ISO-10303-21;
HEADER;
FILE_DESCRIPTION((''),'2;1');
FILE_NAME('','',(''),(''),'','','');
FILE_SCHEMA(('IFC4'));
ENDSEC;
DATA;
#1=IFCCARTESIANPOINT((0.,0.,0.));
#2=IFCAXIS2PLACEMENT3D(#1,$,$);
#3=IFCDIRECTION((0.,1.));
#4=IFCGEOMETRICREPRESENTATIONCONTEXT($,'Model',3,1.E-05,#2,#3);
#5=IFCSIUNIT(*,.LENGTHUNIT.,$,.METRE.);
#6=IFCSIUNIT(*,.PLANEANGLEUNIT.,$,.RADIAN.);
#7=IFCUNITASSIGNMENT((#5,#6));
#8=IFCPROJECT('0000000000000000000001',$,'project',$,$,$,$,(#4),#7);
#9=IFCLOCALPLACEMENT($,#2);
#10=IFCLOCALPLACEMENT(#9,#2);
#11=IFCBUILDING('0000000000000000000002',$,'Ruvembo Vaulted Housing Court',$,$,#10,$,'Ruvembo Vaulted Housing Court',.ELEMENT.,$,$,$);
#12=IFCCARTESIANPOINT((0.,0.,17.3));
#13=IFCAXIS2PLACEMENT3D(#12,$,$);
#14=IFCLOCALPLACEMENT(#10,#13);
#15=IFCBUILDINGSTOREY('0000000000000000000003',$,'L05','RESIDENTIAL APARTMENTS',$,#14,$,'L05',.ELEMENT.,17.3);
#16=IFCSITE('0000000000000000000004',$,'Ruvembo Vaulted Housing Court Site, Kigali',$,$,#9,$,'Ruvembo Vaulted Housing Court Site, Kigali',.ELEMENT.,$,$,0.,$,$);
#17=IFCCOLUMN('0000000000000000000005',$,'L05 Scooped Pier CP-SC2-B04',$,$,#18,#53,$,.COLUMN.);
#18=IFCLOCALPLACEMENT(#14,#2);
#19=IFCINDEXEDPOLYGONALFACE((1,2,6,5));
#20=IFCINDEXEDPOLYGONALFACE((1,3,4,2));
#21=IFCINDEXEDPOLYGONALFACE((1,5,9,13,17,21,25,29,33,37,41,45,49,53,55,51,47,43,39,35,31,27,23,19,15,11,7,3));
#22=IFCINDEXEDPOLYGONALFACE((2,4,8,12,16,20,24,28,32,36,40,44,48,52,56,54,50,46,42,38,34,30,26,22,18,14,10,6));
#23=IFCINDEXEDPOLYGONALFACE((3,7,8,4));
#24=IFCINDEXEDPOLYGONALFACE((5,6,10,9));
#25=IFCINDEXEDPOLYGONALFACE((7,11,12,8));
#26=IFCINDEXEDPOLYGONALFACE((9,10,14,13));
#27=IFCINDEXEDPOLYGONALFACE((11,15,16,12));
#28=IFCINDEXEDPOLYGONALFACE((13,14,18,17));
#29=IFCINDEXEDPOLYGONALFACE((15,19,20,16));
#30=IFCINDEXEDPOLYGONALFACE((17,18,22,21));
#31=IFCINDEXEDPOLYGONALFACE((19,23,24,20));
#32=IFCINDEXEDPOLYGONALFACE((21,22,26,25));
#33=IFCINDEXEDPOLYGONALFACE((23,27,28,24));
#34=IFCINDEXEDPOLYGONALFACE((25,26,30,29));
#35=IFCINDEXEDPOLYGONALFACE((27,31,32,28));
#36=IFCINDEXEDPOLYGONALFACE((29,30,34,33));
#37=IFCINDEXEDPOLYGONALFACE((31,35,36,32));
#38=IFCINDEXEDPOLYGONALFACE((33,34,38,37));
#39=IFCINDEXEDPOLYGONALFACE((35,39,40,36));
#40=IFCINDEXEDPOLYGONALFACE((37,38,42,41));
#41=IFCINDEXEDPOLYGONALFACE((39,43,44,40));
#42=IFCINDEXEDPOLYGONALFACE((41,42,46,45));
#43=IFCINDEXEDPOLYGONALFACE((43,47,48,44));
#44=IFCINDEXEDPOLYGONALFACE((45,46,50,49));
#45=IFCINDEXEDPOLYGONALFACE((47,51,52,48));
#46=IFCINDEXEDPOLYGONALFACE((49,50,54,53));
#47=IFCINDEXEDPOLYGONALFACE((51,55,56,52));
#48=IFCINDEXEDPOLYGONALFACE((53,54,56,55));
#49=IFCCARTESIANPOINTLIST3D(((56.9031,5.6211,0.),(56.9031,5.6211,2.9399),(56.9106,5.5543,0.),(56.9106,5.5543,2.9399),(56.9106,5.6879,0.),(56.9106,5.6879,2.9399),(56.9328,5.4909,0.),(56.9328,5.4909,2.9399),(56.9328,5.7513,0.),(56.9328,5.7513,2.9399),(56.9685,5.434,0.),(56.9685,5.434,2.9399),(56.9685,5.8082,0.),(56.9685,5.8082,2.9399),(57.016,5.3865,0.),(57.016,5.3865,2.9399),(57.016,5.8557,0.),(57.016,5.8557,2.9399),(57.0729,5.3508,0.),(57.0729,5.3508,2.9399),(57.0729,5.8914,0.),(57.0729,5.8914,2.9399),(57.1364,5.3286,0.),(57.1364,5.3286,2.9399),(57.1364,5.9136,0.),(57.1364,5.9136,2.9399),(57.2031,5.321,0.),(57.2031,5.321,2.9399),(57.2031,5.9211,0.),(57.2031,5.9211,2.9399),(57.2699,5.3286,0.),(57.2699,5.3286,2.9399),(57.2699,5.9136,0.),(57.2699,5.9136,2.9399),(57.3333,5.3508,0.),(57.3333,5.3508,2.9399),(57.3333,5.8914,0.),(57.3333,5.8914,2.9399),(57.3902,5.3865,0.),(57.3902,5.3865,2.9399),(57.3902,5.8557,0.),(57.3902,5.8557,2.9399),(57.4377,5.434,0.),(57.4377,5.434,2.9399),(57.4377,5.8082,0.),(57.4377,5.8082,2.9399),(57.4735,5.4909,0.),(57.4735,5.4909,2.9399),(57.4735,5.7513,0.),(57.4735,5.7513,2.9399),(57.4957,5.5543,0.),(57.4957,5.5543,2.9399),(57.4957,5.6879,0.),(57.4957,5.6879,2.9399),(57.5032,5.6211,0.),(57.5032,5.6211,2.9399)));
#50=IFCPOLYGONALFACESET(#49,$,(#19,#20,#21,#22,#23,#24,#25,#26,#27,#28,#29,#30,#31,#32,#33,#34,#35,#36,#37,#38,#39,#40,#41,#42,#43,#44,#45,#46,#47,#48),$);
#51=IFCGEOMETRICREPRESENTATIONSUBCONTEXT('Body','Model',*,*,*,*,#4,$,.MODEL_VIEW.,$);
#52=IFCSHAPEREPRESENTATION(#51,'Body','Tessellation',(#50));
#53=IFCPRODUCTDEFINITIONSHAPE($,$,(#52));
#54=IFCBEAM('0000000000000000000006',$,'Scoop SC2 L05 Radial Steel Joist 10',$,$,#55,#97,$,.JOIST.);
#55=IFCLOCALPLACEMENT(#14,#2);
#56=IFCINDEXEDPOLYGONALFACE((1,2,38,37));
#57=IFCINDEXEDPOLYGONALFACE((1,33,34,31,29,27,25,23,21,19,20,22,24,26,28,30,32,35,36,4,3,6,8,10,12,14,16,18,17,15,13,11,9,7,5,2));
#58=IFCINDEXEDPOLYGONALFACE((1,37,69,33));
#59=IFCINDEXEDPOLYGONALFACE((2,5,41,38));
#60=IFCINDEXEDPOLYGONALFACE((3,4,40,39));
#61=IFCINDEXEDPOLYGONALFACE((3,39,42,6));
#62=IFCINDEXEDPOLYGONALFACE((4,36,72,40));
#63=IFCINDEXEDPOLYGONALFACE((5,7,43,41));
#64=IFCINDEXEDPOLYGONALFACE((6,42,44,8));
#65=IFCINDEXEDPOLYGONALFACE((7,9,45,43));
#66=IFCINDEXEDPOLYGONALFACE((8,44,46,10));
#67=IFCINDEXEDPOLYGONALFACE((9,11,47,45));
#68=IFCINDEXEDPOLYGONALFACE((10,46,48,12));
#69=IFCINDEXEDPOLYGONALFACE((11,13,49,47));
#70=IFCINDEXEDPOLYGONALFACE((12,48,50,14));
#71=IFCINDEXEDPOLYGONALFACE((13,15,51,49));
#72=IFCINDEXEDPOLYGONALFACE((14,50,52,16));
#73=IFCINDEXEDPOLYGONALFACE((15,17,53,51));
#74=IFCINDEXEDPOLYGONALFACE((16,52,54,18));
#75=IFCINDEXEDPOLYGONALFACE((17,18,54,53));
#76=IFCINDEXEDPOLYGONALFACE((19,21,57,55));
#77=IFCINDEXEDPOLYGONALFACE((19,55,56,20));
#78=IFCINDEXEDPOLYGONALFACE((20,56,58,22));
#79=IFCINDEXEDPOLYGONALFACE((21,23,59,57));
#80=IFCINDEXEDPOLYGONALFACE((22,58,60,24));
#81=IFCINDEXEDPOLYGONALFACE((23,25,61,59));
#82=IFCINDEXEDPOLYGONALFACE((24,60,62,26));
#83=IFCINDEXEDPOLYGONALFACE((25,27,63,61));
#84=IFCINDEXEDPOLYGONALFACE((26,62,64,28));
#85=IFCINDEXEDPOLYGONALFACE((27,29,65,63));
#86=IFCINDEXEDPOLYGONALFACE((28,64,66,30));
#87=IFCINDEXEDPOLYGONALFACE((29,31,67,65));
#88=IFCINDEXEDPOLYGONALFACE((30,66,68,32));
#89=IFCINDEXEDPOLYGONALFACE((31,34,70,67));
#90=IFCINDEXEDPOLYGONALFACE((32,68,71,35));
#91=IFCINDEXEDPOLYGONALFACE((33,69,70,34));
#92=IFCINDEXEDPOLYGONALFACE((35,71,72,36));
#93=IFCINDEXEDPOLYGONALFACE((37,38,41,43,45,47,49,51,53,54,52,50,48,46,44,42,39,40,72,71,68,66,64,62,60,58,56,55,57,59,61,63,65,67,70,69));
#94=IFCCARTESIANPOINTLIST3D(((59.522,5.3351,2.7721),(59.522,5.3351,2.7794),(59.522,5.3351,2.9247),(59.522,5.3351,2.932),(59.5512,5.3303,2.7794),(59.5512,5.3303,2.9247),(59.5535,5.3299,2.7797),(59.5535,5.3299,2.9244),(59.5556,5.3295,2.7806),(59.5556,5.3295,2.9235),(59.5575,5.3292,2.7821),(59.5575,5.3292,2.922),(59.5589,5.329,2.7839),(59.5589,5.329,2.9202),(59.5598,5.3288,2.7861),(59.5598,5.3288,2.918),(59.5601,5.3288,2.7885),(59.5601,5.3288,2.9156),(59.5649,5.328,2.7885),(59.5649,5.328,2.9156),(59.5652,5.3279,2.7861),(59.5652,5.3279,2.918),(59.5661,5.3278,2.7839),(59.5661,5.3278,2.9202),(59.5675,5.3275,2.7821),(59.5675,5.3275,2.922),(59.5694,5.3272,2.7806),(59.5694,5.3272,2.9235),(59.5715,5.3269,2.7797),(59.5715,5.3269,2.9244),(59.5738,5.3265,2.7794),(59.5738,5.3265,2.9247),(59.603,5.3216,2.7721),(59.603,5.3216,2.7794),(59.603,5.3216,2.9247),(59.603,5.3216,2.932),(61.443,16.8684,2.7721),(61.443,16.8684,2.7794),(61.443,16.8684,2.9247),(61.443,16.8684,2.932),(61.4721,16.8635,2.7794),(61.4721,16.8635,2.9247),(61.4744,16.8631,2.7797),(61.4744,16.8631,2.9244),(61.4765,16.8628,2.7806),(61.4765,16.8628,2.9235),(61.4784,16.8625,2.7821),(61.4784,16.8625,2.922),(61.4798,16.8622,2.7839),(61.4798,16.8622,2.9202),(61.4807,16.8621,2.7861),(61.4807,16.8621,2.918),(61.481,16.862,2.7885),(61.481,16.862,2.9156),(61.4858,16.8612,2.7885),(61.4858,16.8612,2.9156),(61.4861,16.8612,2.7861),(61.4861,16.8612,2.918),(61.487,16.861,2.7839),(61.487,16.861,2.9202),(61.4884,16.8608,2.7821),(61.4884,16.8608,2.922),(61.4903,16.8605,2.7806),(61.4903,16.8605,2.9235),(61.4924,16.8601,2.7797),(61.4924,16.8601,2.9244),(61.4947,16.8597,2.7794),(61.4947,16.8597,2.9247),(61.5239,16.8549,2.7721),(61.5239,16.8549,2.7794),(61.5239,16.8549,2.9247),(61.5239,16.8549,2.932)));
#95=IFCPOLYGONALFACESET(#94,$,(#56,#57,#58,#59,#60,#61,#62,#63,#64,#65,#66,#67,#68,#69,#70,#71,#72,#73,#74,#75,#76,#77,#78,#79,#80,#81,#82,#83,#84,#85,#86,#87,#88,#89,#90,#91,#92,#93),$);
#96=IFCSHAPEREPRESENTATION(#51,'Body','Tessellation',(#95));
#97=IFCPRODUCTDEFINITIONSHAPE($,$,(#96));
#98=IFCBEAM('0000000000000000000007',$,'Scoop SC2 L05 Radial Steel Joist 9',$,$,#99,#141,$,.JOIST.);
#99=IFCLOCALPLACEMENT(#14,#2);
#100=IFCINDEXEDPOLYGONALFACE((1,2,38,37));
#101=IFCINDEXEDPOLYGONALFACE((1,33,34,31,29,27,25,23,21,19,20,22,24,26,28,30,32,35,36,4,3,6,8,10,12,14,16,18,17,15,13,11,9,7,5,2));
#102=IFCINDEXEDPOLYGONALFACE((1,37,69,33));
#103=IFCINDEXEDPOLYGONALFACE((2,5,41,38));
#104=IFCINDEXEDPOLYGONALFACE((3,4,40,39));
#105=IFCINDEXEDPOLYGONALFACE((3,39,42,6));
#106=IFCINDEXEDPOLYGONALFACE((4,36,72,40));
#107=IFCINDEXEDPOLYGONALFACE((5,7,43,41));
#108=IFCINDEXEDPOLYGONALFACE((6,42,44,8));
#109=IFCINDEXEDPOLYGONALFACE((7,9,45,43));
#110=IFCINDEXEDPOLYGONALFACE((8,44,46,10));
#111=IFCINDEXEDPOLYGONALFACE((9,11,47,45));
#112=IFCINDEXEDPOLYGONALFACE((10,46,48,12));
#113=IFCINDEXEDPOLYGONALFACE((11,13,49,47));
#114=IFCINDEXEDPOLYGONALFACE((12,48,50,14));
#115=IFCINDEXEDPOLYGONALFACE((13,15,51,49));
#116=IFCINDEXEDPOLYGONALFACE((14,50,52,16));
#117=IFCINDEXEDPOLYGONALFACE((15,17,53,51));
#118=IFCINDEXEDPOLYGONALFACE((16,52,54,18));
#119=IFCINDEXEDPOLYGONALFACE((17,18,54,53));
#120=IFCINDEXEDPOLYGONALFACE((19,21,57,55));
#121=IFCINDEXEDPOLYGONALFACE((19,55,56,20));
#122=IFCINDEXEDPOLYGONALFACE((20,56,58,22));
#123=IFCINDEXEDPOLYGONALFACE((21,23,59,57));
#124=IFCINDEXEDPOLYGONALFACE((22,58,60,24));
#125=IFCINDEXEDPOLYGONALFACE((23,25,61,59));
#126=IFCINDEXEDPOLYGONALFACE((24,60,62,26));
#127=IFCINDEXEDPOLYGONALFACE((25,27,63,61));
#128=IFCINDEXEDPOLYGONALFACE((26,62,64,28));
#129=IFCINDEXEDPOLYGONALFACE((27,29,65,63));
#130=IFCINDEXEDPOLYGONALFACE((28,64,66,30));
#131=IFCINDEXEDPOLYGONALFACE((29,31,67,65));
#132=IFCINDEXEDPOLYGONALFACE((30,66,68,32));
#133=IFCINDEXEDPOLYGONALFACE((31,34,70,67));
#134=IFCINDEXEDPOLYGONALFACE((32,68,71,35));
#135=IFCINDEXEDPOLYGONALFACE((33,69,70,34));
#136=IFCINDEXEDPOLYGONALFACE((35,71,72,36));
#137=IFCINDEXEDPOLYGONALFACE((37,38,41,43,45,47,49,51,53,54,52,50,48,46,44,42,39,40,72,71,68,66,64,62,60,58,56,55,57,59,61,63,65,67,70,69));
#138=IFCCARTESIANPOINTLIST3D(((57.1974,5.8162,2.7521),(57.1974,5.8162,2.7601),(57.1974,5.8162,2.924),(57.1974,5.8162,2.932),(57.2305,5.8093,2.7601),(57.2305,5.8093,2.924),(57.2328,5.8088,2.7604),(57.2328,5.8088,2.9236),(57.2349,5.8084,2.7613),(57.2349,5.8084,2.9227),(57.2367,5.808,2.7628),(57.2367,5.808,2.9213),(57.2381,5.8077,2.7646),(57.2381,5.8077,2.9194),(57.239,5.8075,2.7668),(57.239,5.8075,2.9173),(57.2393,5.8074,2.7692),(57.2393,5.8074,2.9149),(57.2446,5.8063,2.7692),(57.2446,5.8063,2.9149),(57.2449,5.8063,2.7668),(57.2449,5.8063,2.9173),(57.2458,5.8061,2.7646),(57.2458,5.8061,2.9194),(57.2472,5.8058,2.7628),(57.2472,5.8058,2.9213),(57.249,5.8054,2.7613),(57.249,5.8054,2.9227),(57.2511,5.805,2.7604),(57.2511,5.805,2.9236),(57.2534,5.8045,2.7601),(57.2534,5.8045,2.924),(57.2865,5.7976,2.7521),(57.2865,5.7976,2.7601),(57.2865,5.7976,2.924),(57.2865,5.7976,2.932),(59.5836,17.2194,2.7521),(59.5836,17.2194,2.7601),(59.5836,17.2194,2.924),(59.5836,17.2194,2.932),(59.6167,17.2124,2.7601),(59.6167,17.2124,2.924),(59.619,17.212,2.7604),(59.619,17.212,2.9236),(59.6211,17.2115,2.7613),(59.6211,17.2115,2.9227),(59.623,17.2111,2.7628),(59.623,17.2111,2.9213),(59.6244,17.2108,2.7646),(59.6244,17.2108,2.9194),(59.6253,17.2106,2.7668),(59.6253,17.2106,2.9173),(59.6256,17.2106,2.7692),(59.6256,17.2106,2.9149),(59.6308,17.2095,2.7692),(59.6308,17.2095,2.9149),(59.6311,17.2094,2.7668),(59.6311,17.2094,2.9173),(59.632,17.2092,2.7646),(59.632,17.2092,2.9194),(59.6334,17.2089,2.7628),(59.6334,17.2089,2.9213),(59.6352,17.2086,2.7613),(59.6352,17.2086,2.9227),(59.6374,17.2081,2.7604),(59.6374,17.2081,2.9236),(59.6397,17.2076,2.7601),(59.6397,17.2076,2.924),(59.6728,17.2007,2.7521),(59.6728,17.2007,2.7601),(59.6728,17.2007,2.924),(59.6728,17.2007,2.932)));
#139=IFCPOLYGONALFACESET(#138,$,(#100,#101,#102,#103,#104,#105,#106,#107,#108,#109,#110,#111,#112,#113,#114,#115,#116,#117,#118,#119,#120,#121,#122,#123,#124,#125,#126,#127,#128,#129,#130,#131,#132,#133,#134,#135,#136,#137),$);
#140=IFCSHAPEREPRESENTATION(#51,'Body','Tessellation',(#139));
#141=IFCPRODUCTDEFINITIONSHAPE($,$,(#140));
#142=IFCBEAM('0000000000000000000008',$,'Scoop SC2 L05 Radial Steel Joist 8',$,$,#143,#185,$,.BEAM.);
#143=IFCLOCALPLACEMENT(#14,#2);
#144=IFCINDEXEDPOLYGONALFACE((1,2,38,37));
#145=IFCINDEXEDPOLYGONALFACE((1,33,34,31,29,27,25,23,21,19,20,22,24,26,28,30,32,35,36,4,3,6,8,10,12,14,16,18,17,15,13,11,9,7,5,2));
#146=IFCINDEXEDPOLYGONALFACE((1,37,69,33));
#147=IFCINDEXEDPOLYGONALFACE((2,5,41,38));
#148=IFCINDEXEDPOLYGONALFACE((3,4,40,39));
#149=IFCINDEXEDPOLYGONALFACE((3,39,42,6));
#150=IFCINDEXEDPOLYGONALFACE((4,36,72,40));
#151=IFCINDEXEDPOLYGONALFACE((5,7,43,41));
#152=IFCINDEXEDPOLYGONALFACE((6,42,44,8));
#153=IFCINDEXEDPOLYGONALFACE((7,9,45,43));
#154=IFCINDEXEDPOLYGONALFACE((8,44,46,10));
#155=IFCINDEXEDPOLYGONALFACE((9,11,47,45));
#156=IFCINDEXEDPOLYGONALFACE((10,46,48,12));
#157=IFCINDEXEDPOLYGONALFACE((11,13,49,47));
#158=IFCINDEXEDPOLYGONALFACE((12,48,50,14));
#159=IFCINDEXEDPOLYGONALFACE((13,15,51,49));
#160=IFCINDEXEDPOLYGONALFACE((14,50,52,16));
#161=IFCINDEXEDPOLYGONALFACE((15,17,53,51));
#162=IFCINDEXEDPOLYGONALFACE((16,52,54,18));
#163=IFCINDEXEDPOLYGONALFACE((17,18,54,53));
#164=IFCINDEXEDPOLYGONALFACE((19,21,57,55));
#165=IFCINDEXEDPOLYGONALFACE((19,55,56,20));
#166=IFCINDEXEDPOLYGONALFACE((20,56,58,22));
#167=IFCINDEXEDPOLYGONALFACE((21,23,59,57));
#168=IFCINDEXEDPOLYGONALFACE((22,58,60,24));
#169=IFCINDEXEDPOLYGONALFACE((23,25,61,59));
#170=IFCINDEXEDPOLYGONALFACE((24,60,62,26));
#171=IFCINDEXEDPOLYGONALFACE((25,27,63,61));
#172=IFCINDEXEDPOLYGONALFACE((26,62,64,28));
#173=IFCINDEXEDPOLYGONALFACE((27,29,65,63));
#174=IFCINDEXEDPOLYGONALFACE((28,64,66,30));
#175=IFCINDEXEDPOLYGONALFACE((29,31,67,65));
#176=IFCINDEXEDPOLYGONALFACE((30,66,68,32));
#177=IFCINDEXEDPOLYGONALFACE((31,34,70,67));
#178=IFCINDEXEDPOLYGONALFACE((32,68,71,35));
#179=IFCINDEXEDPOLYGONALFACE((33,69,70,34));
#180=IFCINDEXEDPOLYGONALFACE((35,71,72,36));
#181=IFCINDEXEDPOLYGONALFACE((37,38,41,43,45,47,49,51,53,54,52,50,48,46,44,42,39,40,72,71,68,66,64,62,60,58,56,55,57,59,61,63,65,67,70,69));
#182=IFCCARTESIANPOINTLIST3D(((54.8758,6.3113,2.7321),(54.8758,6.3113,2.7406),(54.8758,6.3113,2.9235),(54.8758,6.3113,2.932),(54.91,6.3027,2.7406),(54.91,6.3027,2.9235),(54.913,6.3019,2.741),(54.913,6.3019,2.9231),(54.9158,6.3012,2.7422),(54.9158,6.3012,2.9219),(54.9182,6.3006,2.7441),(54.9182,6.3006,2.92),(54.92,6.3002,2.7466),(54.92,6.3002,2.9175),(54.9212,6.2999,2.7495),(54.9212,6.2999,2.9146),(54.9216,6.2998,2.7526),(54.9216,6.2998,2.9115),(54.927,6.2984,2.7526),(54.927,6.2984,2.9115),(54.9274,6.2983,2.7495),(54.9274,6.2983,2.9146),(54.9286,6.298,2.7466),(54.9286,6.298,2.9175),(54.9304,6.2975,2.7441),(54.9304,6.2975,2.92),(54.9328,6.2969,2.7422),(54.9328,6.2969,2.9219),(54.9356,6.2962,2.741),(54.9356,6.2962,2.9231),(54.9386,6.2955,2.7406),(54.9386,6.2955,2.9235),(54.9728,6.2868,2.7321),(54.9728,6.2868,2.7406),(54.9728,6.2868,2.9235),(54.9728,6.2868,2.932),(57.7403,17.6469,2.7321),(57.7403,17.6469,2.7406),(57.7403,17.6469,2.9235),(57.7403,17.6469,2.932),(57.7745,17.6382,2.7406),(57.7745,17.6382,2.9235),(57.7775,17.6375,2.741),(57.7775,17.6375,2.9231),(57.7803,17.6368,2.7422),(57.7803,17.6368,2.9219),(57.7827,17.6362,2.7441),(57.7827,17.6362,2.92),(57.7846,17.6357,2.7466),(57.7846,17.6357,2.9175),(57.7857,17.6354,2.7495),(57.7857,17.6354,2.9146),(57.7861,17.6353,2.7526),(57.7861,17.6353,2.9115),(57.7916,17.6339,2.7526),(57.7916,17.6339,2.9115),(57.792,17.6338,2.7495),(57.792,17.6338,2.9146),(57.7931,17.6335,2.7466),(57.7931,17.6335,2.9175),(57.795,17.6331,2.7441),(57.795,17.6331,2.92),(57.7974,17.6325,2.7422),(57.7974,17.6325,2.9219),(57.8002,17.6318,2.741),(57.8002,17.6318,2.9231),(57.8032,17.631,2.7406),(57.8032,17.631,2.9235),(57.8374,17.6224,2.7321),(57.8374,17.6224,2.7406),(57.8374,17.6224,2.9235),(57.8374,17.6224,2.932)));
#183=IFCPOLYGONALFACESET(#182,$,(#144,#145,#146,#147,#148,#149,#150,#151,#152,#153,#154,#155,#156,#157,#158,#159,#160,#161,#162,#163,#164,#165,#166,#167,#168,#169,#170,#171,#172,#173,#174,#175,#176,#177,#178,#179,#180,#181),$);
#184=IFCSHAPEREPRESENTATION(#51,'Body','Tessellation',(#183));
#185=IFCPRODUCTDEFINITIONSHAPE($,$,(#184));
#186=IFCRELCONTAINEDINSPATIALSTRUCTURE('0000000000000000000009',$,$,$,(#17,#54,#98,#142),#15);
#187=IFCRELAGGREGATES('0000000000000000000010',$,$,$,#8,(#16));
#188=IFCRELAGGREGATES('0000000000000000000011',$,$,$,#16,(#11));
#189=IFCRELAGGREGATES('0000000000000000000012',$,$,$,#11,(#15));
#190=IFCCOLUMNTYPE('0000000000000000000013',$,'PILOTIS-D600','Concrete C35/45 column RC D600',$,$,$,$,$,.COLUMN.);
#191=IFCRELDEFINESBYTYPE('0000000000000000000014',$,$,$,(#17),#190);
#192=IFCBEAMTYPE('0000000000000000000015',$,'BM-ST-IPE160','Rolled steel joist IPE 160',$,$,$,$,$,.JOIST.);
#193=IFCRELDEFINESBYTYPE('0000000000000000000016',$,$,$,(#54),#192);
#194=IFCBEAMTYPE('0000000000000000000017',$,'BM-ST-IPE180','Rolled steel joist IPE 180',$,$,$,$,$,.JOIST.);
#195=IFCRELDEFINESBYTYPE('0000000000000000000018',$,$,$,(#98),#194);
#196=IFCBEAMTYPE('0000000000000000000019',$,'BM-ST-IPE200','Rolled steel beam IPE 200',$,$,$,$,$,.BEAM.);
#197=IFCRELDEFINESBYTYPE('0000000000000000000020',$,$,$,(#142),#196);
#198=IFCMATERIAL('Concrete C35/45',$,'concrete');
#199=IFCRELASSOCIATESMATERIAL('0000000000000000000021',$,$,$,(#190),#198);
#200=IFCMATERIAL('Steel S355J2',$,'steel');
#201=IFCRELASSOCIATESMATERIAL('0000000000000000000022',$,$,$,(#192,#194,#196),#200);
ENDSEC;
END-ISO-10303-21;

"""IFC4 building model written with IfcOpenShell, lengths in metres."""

from ifc_helpers import new_model, si_unit, direction, frame, origin, origin_2d, place, context, subcontext, project, spatial, circle, i_section, extrude, material, material_profile, profile_set, type_object, element, save


model = new_model("IFC4")

# Units and contexts
model_context = context("Model", 3, precision=1e-05, world=origin(), true_north=direction((0.0, 1.0)))
body_context = subcontext(model_context, "Body", "Model", "MODEL_VIEW")
ifc_project = project(units=[si_unit("LENGTHUNIT", "METRE"), si_unit("PLANEANGLEUNIT", "RADIAN")], contexts=[model_context])

# Site, building, storey
site_placement = place(None, origin())
site = spatial("IfcSite", under=ifc_project, at=site_placement, Name="Ruvembo Vaulted Housing Court Site, Kigali", LongName="Ruvembo Vaulted Housing Court Site, Kigali", CompositionType="ELEMENT", RefElevation=0.0)
building_placement = place(site_placement, origin())
building = spatial("IfcBuilding", under=site, at=building_placement, Name="Ruvembo Vaulted Housing Court", LongName="Ruvembo Vaulted Housing Court", CompositionType="ELEMENT")
storey_placement = place(building_placement, frame((0.0, 0.0, 17.3)))
storey = spatial("IfcBuildingStorey", under=building, at=storey_placement, Name="L05", Description="RESIDENTIAL APARTMENTS", LongName="L05", CompositionType="ELEMENT", Elevation=17.3)

# Column
ifc_material_1 = material(Name="Concrete C35/45", Category="concrete")
ifc_material_profile_1 = material_profile(ifc_material_1, circle(Radius=0.3, at=origin_2d()), Name="RC D600")
ifc_profile_set_1 = profile_set([ifc_material_profile_1], Name="Concrete C35/45")
column_type = type_object("IfcColumnType", Name="PILOTIS-D600", Description="Concrete C35/45 column RC D600", PredefinedType="COLUMN", material=ifc_profile_set_1)
column_placement = place(storey_placement, frame((57.2031, 5.6211, 0.0), z_axis=(0.0, 0.0, 1.0), x_axis=(1.0, 0.0, 0.0)))
element("IfcColumn", 1, at=column_placement, inside=storey, type_object=column_type, Name="L05 Scooped Pier CP-SC2-B04", PredefinedType="COLUMN", context=body_context, shape_type="SweptSolid", body=[
    extrude(circle(Radius=0.3, at=origin_2d()), origin(), (0.0, 0.0, 1.0), 2.9399),
])

# Beams
ifc_material_2 = material(Name="Steel S355J2", Category="steel")
ifc_material_profile_2 = material_profile(ifc_material_2, i_section(OverallWidth=0.082, OverallDepth=0.1599, WebThickness=0.0049, FlangeThickness=0.0073, FilletRadius=0.009, at=origin_2d()), Name="IPE 160")
ifc_profile_set_2 = profile_set([ifc_material_profile_2], Name="Steel S355J2")
beam_type_1 = type_object("IfcBeamType", Name="BM-ST-IPE160", Description="Rolled steel joist IPE 160", PredefinedType="JOIST", material=ifc_profile_set_2)
beam_1_placement = place(storey_placement, frame((59.5625, 5.3284, 2.8521), z_axis=(0.164291, 0.986412, 0.0), x_axis=(-0.986412, 0.164291, 0.0)))
element("IfcBeam", 2, at=beam_1_placement, inside=storey, type_object=beam_type_1, Name="Scoop SC2 L05 Radial Steel Joist 10", PredefinedType="JOIST", context=body_context, shape_type="SweptSolid", body=[
    extrude(i_section(OverallWidth=0.082, OverallDepth=0.1599, WebThickness=0.0049, FlangeThickness=0.0073, FilletRadius=0.009, at=origin_2d()), origin(), (0.0, 0.0, 1.0), 11.6921),
])
ifc_material_profile_3 = material_profile(ifc_material_2, i_section(OverallWidth=0.0911, OverallDepth=0.1799, WebThickness=0.0054, FlangeThickness=0.0081, FilletRadius=0.009, at=origin_2d()), Name="IPE 180")
ifc_profile_set_3 = profile_set([ifc_material_profile_3], Name="Steel S355J2")
beam_type_2 = type_object("IfcBeamType", Name="BM-ST-IPE180", Description="Rolled steel joist IPE 180", PredefinedType="JOIST", material=ifc_profile_set_3)
beam_2_placement = place(storey_placement, frame((57.2419, 5.8069, 2.842), z_axis=(0.204825, 0.978799, 0.0), x_axis=(-0.978799, 0.204825, 0.0)))
element("IfcBeam", 3, at=beam_2_placement, inside=storey, type_object=beam_type_2, Name="Scoop SC2 L05 Radial Steel Joist 9", PredefinedType="JOIST", context=body_context, shape_type="SweptSolid", body=[
    extrude(i_section(OverallWidth=0.0911, OverallDepth=0.1799, WebThickness=0.0054, FlangeThickness=0.0081, FilletRadius=0.009, at=origin_2d()), origin(), (0.0, 0.0, 1.0), 11.6501),
])
ifc_material_profile_4 = material_profile(ifc_material_2, i_section(OverallWidth=0.1001, OverallDepth=0.2, WebThickness=0.0056, FlangeThickness=0.0085, FilletRadius=0.012, at=origin_2d()), Name="IPE 200")
ifc_profile_set_4 = profile_set([ifc_material_profile_4], Name="Steel S355J2")
beam_type_3 = type_object("IfcBeamType", Name="BM-ST-IPE200", Description="Rolled steel beam IPE 200", PredefinedType="BEAM", material=ifc_profile_set_4)
beam_3_placement = place(storey_placement, frame((54.9243, 6.2991, 2.832), z_axis=(0.245001, 0.969523, 0.0), x_axis=(-0.969523, 0.245001, 0.0)))
element("IfcBeam", 4, at=beam_3_placement, inside=storey, type_object=beam_type_3, Name="Scoop SC2 L05 Radial Steel Joist 8", PredefinedType="BEAM", context=body_context, shape_type="SweptSolid", body=[
    extrude(i_section(OverallWidth=0.1001, OverallDepth=0.2, WebThickness=0.0056, FlangeThickness=0.0085, FilletRadius=0.012, at=origin_2d()), origin(), (0.0, 0.0, 1.0), 11.6919),
])

save(model, "model.ifc")
